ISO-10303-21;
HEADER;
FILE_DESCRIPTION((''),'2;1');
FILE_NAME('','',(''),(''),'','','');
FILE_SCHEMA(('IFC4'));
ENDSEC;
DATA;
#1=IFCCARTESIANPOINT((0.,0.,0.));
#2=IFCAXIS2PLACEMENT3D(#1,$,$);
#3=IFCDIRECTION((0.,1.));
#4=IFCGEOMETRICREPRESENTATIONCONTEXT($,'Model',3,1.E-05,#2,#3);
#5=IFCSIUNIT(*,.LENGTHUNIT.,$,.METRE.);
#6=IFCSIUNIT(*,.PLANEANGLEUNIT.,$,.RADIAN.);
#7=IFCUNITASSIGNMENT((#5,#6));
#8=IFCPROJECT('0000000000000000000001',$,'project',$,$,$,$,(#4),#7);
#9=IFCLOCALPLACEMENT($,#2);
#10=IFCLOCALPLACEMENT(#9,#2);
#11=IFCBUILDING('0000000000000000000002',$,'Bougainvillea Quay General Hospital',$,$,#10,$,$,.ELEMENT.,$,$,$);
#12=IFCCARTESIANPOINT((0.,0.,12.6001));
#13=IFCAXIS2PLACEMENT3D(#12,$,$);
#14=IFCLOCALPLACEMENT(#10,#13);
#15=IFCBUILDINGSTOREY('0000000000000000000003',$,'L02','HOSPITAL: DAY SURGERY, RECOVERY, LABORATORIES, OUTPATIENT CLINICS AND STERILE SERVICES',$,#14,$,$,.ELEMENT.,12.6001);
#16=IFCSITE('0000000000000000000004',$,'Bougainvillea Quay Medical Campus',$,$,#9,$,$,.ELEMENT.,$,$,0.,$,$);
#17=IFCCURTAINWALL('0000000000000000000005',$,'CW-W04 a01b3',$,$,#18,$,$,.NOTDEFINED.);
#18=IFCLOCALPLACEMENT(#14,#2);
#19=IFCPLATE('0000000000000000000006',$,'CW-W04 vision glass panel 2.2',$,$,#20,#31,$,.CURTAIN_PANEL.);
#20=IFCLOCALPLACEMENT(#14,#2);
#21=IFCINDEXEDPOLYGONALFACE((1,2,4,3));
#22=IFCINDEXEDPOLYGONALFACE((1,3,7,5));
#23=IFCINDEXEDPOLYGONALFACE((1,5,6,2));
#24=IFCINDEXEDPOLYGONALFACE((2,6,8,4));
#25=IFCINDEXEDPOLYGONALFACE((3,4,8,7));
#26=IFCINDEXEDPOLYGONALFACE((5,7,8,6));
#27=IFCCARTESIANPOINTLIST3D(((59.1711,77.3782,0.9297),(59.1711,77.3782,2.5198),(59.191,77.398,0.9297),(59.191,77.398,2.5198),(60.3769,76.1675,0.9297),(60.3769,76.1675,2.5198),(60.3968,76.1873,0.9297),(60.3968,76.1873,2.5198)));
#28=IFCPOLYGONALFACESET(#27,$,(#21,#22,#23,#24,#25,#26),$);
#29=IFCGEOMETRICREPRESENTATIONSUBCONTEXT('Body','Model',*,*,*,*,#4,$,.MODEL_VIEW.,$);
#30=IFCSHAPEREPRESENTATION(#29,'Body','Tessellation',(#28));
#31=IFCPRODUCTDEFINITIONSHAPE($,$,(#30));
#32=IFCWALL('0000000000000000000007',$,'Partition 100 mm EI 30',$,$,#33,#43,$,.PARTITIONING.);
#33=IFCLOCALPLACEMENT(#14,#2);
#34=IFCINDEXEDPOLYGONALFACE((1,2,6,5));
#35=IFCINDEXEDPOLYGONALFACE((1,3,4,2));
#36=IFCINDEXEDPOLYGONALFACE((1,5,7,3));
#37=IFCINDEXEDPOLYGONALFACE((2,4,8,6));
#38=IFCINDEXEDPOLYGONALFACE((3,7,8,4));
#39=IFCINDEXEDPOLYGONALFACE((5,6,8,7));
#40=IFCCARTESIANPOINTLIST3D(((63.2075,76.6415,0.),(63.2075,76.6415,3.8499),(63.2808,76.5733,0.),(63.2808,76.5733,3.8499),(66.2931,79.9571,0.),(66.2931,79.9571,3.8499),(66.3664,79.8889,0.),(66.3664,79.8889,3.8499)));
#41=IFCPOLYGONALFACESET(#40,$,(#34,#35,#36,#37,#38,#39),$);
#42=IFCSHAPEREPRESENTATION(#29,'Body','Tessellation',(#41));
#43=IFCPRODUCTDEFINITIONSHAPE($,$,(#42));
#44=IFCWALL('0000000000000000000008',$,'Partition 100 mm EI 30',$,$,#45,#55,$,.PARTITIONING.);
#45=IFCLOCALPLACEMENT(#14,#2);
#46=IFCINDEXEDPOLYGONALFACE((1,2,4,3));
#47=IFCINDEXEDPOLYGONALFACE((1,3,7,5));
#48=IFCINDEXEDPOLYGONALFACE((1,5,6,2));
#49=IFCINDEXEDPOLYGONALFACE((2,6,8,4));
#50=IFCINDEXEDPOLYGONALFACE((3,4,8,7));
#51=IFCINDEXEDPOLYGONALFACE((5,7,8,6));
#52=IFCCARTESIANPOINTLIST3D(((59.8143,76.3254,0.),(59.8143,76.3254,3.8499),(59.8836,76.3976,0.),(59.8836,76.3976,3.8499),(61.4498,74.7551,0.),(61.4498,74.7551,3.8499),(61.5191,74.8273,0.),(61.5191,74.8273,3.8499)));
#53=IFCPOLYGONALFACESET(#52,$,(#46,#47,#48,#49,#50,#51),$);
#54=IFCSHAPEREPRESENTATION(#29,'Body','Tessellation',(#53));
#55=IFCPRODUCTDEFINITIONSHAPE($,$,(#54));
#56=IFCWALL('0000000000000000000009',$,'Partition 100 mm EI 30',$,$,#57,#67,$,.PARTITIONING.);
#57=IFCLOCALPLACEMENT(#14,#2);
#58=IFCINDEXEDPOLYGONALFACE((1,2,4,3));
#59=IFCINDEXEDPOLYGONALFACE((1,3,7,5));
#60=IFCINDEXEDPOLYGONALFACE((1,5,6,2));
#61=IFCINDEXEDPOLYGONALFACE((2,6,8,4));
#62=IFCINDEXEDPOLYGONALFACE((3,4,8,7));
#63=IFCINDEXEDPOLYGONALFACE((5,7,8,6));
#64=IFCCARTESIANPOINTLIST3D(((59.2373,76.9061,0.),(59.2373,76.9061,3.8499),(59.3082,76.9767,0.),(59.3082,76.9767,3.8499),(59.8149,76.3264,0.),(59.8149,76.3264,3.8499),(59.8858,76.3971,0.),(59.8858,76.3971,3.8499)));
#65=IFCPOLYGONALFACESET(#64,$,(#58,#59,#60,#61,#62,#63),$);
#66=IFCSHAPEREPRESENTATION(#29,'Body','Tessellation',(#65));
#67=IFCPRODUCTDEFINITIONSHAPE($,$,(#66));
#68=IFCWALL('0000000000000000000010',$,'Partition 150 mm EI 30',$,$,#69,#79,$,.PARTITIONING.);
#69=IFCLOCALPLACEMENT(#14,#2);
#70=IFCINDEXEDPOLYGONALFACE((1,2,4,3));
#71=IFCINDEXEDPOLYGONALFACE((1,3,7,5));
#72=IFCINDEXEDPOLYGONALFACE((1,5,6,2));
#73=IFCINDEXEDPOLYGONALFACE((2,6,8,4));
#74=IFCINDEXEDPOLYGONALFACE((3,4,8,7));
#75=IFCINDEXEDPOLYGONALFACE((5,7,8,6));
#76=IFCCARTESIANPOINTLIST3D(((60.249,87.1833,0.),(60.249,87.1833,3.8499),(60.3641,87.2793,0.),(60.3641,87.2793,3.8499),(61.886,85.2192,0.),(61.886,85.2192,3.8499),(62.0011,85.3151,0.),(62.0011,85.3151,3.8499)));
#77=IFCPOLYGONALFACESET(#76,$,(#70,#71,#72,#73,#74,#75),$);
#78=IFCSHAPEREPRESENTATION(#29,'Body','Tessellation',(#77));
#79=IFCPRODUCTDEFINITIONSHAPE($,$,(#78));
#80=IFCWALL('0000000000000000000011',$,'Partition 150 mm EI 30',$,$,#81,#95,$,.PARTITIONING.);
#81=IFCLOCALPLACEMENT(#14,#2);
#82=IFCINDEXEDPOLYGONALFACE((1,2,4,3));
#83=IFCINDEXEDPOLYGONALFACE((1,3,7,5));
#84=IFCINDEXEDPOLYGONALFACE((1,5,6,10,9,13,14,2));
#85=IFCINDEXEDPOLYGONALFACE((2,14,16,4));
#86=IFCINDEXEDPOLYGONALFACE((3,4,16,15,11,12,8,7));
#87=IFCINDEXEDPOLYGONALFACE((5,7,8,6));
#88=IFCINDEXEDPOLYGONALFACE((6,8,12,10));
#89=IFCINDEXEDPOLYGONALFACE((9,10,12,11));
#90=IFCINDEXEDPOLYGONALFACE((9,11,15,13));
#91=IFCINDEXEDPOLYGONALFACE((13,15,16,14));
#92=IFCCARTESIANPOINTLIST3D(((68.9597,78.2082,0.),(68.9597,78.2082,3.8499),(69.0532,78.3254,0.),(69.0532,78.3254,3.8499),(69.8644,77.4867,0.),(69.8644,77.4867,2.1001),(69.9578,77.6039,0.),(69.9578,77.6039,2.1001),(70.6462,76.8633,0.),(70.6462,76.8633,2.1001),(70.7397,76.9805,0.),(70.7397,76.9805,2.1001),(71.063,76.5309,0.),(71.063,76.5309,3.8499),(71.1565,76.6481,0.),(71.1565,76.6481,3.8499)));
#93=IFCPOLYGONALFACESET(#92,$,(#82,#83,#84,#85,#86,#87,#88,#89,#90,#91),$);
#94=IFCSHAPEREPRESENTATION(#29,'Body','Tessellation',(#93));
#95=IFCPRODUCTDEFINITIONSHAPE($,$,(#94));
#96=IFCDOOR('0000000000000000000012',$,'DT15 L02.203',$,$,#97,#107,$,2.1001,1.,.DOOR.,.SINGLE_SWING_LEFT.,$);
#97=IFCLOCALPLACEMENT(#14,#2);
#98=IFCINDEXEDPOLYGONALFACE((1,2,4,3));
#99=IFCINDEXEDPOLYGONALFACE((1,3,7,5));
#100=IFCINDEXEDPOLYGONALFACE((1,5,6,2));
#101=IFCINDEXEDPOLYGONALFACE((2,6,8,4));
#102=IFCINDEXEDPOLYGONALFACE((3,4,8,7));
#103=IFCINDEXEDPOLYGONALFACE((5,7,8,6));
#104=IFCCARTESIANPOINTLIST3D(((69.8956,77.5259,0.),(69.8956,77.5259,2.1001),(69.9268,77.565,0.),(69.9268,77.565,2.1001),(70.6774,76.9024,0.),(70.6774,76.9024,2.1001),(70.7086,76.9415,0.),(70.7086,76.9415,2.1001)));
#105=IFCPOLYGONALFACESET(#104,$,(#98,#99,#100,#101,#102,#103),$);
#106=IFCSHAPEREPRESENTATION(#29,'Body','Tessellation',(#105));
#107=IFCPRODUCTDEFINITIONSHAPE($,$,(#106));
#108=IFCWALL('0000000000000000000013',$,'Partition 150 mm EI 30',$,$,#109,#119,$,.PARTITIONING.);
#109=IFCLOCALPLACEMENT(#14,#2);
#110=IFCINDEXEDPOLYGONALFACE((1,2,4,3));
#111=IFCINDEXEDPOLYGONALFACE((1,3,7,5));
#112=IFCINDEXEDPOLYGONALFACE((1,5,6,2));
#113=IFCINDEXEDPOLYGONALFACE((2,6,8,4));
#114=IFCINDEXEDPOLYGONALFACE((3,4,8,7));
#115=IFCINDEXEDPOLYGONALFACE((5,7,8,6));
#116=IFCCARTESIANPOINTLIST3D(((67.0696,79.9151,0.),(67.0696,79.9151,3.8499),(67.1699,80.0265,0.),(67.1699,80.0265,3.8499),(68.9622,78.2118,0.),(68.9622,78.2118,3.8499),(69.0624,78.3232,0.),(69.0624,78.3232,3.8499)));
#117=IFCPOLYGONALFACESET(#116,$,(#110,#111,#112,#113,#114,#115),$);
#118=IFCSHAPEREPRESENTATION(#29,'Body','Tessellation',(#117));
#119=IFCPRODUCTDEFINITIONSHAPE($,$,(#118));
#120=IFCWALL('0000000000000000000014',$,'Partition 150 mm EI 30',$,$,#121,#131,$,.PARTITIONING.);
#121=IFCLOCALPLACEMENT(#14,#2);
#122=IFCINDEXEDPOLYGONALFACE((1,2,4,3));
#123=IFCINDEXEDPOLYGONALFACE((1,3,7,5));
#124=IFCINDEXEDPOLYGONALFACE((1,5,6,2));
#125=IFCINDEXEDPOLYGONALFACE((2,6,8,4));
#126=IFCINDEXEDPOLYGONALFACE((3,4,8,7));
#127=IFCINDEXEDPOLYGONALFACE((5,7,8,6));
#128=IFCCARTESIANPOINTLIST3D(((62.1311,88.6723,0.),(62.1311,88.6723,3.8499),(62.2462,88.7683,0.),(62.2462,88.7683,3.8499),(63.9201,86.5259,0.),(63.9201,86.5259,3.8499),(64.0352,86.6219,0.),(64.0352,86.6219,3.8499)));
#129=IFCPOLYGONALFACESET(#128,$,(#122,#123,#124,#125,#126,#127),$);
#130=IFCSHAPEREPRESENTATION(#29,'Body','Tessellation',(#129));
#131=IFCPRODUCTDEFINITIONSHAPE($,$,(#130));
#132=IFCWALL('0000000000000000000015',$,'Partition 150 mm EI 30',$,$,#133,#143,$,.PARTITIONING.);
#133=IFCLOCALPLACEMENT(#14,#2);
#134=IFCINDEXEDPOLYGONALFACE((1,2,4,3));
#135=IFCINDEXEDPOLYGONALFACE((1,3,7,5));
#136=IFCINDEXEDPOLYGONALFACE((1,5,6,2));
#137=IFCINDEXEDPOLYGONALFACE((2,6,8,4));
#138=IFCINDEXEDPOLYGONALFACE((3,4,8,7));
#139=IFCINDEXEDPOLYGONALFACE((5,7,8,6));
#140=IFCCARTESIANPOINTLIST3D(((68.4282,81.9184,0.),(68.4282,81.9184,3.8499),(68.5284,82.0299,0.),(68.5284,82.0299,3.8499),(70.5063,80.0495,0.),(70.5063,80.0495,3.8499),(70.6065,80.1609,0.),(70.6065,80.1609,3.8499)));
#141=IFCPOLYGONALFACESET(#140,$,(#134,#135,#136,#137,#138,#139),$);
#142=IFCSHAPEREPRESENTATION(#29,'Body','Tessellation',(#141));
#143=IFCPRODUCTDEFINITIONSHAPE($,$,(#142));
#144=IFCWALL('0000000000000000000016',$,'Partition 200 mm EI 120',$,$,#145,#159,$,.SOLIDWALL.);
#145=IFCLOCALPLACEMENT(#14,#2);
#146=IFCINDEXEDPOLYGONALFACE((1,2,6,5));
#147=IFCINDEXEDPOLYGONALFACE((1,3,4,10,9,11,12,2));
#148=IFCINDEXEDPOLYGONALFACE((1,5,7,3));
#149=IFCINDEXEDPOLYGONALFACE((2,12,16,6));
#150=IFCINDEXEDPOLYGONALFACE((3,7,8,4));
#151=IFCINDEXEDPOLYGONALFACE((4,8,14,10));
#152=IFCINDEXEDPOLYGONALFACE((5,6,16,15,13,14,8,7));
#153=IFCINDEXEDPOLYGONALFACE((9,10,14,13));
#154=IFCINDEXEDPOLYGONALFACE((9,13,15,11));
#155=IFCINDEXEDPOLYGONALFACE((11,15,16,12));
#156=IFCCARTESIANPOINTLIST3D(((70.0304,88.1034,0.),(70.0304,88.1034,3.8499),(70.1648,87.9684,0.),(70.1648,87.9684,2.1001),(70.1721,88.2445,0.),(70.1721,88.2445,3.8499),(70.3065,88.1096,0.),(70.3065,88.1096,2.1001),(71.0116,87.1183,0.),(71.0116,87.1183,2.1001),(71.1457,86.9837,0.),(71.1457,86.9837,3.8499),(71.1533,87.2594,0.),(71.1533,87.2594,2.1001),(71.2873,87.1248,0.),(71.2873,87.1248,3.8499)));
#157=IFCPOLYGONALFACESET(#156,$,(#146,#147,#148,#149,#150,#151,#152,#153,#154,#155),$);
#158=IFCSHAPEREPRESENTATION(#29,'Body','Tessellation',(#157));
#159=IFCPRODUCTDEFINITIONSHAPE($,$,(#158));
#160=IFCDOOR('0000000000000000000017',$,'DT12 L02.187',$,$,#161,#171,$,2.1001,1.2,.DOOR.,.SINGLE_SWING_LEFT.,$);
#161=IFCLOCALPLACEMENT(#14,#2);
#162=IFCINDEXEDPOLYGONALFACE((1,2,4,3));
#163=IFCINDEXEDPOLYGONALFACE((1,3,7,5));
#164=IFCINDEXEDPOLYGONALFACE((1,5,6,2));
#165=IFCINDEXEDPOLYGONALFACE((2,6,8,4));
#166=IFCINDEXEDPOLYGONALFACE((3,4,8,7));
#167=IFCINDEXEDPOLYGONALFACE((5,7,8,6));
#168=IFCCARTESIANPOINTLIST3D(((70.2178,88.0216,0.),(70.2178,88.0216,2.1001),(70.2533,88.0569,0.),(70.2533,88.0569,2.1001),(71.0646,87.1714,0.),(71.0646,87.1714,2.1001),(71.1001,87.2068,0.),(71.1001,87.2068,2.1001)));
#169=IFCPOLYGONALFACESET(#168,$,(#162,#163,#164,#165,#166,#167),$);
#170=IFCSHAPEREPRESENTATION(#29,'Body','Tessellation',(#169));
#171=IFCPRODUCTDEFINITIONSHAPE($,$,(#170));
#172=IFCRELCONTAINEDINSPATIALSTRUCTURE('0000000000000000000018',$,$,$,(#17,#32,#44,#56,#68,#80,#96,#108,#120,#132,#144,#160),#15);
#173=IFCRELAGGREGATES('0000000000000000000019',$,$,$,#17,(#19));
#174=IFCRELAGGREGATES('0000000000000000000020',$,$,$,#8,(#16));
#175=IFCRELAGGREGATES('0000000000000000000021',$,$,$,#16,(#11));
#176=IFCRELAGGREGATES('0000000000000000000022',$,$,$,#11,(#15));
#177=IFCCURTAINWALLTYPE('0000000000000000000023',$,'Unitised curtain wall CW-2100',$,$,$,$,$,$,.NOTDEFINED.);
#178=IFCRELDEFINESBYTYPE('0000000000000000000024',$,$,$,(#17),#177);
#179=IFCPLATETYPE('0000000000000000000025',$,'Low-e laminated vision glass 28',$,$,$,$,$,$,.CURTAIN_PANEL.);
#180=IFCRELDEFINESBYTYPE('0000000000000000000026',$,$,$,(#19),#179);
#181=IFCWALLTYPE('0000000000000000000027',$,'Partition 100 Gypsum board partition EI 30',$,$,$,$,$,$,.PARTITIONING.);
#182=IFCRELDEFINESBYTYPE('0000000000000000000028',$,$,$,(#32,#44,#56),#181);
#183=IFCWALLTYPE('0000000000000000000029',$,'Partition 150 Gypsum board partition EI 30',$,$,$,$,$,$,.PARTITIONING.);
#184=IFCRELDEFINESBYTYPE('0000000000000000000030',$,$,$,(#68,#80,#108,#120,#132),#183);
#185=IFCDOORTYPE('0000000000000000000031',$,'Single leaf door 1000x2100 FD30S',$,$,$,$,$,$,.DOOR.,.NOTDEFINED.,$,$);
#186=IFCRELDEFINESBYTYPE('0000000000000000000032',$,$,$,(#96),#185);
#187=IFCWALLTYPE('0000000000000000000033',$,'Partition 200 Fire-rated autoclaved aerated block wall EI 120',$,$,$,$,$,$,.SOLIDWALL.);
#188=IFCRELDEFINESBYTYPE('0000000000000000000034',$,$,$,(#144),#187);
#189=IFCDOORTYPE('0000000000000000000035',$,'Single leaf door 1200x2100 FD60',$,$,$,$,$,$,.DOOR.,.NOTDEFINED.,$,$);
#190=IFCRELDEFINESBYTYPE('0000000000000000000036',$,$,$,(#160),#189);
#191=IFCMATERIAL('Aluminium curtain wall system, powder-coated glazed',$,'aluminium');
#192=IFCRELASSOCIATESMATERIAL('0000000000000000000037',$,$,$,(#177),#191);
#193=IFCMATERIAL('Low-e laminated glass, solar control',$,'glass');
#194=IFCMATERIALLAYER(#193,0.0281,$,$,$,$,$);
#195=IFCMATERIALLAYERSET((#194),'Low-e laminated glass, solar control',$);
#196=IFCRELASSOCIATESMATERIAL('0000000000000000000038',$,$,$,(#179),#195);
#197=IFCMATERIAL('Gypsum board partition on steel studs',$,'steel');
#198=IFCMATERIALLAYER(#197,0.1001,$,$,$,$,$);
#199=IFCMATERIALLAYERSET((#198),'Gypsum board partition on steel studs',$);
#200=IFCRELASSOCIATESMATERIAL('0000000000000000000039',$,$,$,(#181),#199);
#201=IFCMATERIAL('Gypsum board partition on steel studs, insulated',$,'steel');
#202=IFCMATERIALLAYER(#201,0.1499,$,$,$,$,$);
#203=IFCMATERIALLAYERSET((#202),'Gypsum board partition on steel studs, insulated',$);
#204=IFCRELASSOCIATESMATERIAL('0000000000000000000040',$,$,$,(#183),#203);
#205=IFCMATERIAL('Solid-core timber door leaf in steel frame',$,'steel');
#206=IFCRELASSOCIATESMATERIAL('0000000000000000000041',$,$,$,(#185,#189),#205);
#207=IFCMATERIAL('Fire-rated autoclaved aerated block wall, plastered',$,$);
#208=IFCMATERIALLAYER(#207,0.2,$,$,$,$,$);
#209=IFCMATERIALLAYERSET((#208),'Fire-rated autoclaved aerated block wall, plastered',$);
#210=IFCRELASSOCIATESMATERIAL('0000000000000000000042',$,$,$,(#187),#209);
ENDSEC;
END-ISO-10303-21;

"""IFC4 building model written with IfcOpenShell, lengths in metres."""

from ifc_helpers import new_model, si_unit, direction, frame, frame_2d, origin, origin_2d, place, context, subcontext, project, spatial, rectangle, extrude, material, layer, layer_set, type_object, element, fill, aggregate, save


model = new_model("IFC4")

# Units and contexts
model_context = context("Model", 3, precision=1e-05, world=origin(), true_north=direction((0.0, 1.0)))
body_context = subcontext(model_context, "Body", "Model", "MODEL_VIEW")
ifc_project = project(units=[si_unit("LENGTHUNIT", "METRE"), si_unit("PLANEANGLEUNIT", "RADIAN")], contexts=[model_context])

# Site, building, storey
site_placement = place(None, origin())
site = spatial("IfcSite", under=ifc_project, at=site_placement, Name="Bougainvillea Quay Medical Campus", CompositionType="ELEMENT", RefElevation=0.0)
building_placement = place(site_placement, origin())
building = spatial("IfcBuilding", under=site, at=building_placement, Name="Bougainvillea Quay General Hospital", CompositionType="ELEMENT")
storey_placement = place(building_placement, frame((0.0, 0.0, 12.6001)))
storey = spatial("IfcBuildingStorey", under=building, at=storey_placement, Name="L02", Description="HOSPITAL: DAY SURGERY, RECOVERY, LABORATORIES, OUTPATIENT CLINICS AND STERILE SERVICES", CompositionType="ELEMENT", Elevation=12.6001)

# Curtain wall, plate
ifc_material_1 = material(Name="Aluminium curtain wall system, powder-coated glazed", Category="aluminium")
curtain_wall_type = type_object("IfcCurtainWallType", Name="Unitised curtain wall CW-2100", PredefinedType="NOTDEFINED", material=ifc_material_1)
curtain_wall_placement = place(storey_placement, origin())
curtain_wall = element("IfcCurtainWall", 1, at=curtain_wall_placement, inside=storey, type_object=curtain_wall_type, Name="CW-W04 a01b3", PredefinedType="NOTDEFINED")
ifc_material_2 = material(Name="Low-e laminated glass, solar control", Category="glass")
ifc_layer_1 = layer(ifc_material_2, 0.0281)
ifc_layer_set_1 = layer_set([ifc_layer_1], Name="Low-e laminated glass, solar control")
plate_type_1 = type_object("IfcPlateType", Name="Low-e laminated vision glass 28", PredefinedType="CURTAIN_PANEL", material=ifc_layer_set_1)
plate_1_placement = place(storey_placement, frame((59.7839, 76.7827, 0.9297), z_axis=(0.0, 0.0, 1.0), x_axis=(-0.70568, 0.708531, 0.0)))
plate_1 = element("IfcPlate", 2, at=plate_1_placement, type_object=plate_type_1, Name="CW-W04 vision glass panel 2.2", PredefinedType="CURTAIN_PANEL", context=body_context, shape_type="SweptSolid", body=[
    extrude(rectangle(XDim=1.7087, YDim=0.0281, at=origin_2d()), origin(), (0.0, 0.0, 1.0), 1.5901),
])
aggregate(curtain_wall, [plate_1])

# Walls
ifc_material_3 = material(Name="Gypsum board partition on steel studs", Category="steel")
ifc_layer_2 = layer(ifc_material_3, 0.1001)
ifc_layer_set_2 = layer_set([ifc_layer_2], Name="Gypsum board partition on steel studs")
wall_type_1 = type_object("IfcWallType", Name="Partition 100 Gypsum board partition EI 30", PredefinedType="PARTITIONING", material=ifc_layer_set_2)
wall_1_placement = place(storey_placement, frame((63.2441, 76.6074, 0.0), z_axis=(0.0, 0.0, 1.0), x_axis=(0.681263, 0.732039, 0.0)))
element("IfcWall", 3, at=wall_1_placement, inside=storey, type_object=wall_type_1, Name="Partition 100 mm EI 30", PredefinedType="PARTITIONING", context=body_context, shape_type="SweptSolid", body=[
    extrude(rectangle(XDim=4.5293, YDim=0.1001, at=frame_2d((2.2646, 0.0))), origin(), (0.0, 0.0, 1.0), 3.8499),
])
wall_2_placement = place(storey_placement, frame((59.8489, 76.3616, 0.0), z_axis=(0.0, 0.0, 1.0), x_axis=(0.721336, -0.692586, 0.0)))
element("IfcWall", 4, at=wall_2_placement, inside=storey, type_object=wall_type_1, Name="Partition 100 mm EI 30", PredefinedType="PARTITIONING", context=body_context, shape_type="SweptSolid", body=[
    extrude(rectangle(XDim=2.2673, YDim=0.1001, at=frame_2d((1.1338, 0.0))), origin(), (0.0, 0.0, 1.0), 3.8499),
])
wall_3_placement = place(storey_placement, frame((59.2727, 76.9414, 0.0), z_axis=(0.0, 0.0, 1.0), x_axis=(0.705912, -0.708299, 0.0)))
element("IfcWall", 5, at=wall_3_placement, inside=storey, type_object=wall_type_1, Name="Partition 100 mm EI 30", PredefinedType="PARTITIONING", context=body_context, shape_type="SweptSolid", body=[
    extrude(rectangle(XDim=0.8184, YDim=0.1001, at=frame_2d((0.4092, 0.0))), origin(), (0.0, 0.0, 1.0), 3.8499),
])
ifc_material_4 = material(Name="Gypsum board partition on steel studs, insulated", Category="steel")
ifc_layer_3 = layer(ifc_material_4, 0.1499)
ifc_layer_set_3 = layer_set([ifc_layer_3], Name="Gypsum board partition on steel studs, insulated")
wall_type_2 = type_object("IfcWallType", Name="Partition 150 Gypsum board partition EI 30", PredefinedType="PARTITIONING", material=ifc_layer_set_3)
wall_4_placement = place(storey_placement, frame((60.3066, 87.2312, 0.0), z_axis=(0.0, 0.0, 1.0), x_axis=(0.640231, -0.768182, 0.0)))
element("IfcWall", 6, at=wall_4_placement, inside=storey, type_object=wall_type_2, Name="Partition 150 mm EI 30", PredefinedType="PARTITIONING", context=body_context, shape_type="SweptSolid", body=[
    extrude(rectangle(XDim=2.5569, YDim=0.1499, at=frame_2d((1.2783, 0.0))), origin(), (0.0, 0.0, 1.0), 3.8499),
])

# Wall, opening, door
wall_5_placement = place(storey_placement, frame((69.0063, 78.2668, 0.0), z_axis=(0.0, 0.0, 1.0), x_axis=(0.781842, -0.623477, 0.0)))
wall_5 = element("IfcWall", 7, at=wall_5_placement, inside=storey, type_object=wall_type_2, Name="Partition 150 mm EI 30", PredefinedType="PARTITIONING", context=body_context, shape_type="SweptSolid", body=[
    extrude(rectangle(XDim=2.6902, YDim=0.1499, at=frame_2d((1.3452, 0.0))), origin(), (0.0, 0.0, 1.0), 3.8499),
])
opening_1_placement = place(wall_5_placement, frame((1.1572, 0.0, 0.0)))
opening_1 = element("IfcOpeningElement", 8, at=opening_1_placement, cuts=wall_5, PredefinedType="OPENING", context=body_context, shape_type="SweptSolid", body=[
    extrude(rectangle(XDim=1.0, YDim=2.1001, at=frame_2d((0.5, 1.05))), frame((0.0, 0.085, 0.0), z_axis=(0.0, -1.0, 0.0), x_axis=(1.0, 0.0, 0.0)), (0.0, 0.0, 1.0), 0.1699),
])
ifc_material_5 = material(Name="Solid-core timber door leaf in steel frame", Category="steel")
door_type_1 = type_object("IfcDoorType", Name="Single leaf door 1000x2100 FD30S", OperationType="NOTDEFINED", PredefinedType="DOOR", material=ifc_material_5)
door_1_placement = place(opening_1_placement, frame((1.0, 0.0, 0.0), z_axis=(0.0, 0.0, 1.0), x_axis=(-1.0, 0.0, 0.0)))
door_1 = element("IfcDoor", 9, at=door_1_placement, inside=storey, type_object=door_type_1, Name="DT15 L02.203", OperationType="SINGLE_SWING_LEFT", OverallHeight=2.1001, OverallWidth=1.0, PredefinedType="DOOR", context=body_context, shape_type="SweptSolid", body=[
    extrude(rectangle(XDim=1.0, YDim=2.1001, at=frame_2d((0.5, 1.05))), frame((0.0, 0.0249, 0.0), z_axis=(0.0, -1.0, 0.0), x_axis=(1.0, 0.0, 0.0)), (0.0, 0.0, 1.0), 0.05),
])
fill(opening_1, door_1)

# Walls
wall_6_placement = place(storey_placement, frame((67.1199, 79.9707, 0.0), z_axis=(0.0, 0.0, 1.0), x_axis=(0.743285, -0.668975, 0.0)))
element("IfcWall", 10, at=wall_6_placement, inside=storey, type_object=wall_type_2, Name="Partition 150 mm EI 30", PredefinedType="PARTITIONING", context=body_context, shape_type="SweptSolid", body=[
    extrude(rectangle(XDim=2.5461, YDim=0.1499, at=frame_2d((1.2729, 0.0))), origin(), (0.0, 0.0, 1.0), 3.8499),
])
wall_7_placement = place(storey_placement, frame((62.1887, 88.7202, 0.0), z_axis=(0.0, 0.0, 1.0), x_axis=(0.640253, -0.768164, 0.0)))
element("IfcWall", 11, at=wall_7_placement, inside=storey, type_object=wall_type_2, Name="Partition 150 mm EI 30", PredefinedType="PARTITIONING", context=body_context, shape_type="SweptSolid", body=[
    extrude(rectangle(XDim=2.7942, YDim=0.1499, at=frame_2d((1.397, 0.0))), origin(), (0.0, 0.0, 1.0), 3.8499),
])
wall_8_placement = place(storey_placement, frame((68.4783, 81.9741, 0.0), z_axis=(0.0, 0.0, 1.0), x_axis=(0.743546, -0.668685, 0.0)))
element("IfcWall", 12, at=wall_8_placement, inside=storey, type_object=wall_type_2, Name="Partition 150 mm EI 30", PredefinedType="PARTITIONING", context=body_context, shape_type="SweptSolid", body=[
    extrude(rectangle(XDim=2.7949, YDim=0.1499, at=frame_2d((1.3975, 0.0))), origin(), (0.0, 0.0, 1.0), 3.8499),
])

# Wall, opening, door
ifc_material_6 = material(Name="Fire-rated autoclaved aerated block wall, plastered")
ifc_layer_4 = layer(ifc_material_6, 0.2)
ifc_layer_set_4 = layer_set([ifc_layer_4], Name="Fire-rated autoclaved aerated block wall, plastered")
wall_type_3 = type_object("IfcWallType", Name="Partition 200 Fire-rated autoclaved aerated block wall EI 120", PredefinedType="SOLIDWALL", material=ifc_layer_set_4)
wall_9_placement = place(storey_placement, frame((70.1013, 88.1738, 0.0), z_axis=(0.0, 0.0, 1.0), x_axis=(0.705715, -0.708496, 0.0)))
wall_9 = element("IfcWall", 13, at=wall_9_placement, inside=storey, type_object=wall_type_3, Name="Partition 200 mm EI 120", PredefinedType="SOLIDWALL", context=body_context, shape_type="SweptSolid", body=[
    extrude(rectangle(XDim=1.5803, YDim=0.2, at=frame_2d((0.79, 0.0))), origin(), (0.0, 0.0, 1.0), 3.8499),
])
opening_2_placement = place(wall_9_placement, frame((0.1902, 0.0, 0.0)))
opening_2 = element("IfcOpeningElement", 14, at=opening_2_placement, cuts=wall_9, PredefinedType="OPENING", context=body_context, shape_type="SweptSolid", body=[
    extrude(rectangle(XDim=1.2, YDim=2.1001, at=frame_2d((0.6001, 1.05))), frame((0.0, 0.1099, 0.0), z_axis=(0.0, -1.0, 0.0), x_axis=(1.0, 0.0, 0.0)), (0.0, 0.0, 1.0), 0.22),
])
door_type_2 = type_object("IfcDoorType", Name="Single leaf door 1200x2100 FD60", OperationType="NOTDEFINED", PredefinedType="DOOR", material=ifc_material_5)
door_2_placement = place(opening_2_placement, frame((1.2, 0.0, 0.0), z_axis=(0.0, 0.0, 1.0), x_axis=(-1.0, 0.0, 0.0)))
door_2 = element("IfcDoor", 15, at=door_2_placement, inside=storey, type_object=door_type_2, Name="DT12 L02.187", OperationType="SINGLE_SWING_LEFT", OverallHeight=2.1001, OverallWidth=1.2, PredefinedType="DOOR", context=body_context, shape_type="SweptSolid", body=[
    extrude(rectangle(XDim=1.2, YDim=2.1001, at=frame_2d((0.6001, 1.05))), frame((0.0, 0.0249, 0.0), z_axis=(0.0, -1.0, 0.0), x_axis=(1.0, 0.0, 0.0)), (0.0, 0.0, 1.0), 0.05),
])
fill(opening_2, door_2)

save(model, "model.ifc")
